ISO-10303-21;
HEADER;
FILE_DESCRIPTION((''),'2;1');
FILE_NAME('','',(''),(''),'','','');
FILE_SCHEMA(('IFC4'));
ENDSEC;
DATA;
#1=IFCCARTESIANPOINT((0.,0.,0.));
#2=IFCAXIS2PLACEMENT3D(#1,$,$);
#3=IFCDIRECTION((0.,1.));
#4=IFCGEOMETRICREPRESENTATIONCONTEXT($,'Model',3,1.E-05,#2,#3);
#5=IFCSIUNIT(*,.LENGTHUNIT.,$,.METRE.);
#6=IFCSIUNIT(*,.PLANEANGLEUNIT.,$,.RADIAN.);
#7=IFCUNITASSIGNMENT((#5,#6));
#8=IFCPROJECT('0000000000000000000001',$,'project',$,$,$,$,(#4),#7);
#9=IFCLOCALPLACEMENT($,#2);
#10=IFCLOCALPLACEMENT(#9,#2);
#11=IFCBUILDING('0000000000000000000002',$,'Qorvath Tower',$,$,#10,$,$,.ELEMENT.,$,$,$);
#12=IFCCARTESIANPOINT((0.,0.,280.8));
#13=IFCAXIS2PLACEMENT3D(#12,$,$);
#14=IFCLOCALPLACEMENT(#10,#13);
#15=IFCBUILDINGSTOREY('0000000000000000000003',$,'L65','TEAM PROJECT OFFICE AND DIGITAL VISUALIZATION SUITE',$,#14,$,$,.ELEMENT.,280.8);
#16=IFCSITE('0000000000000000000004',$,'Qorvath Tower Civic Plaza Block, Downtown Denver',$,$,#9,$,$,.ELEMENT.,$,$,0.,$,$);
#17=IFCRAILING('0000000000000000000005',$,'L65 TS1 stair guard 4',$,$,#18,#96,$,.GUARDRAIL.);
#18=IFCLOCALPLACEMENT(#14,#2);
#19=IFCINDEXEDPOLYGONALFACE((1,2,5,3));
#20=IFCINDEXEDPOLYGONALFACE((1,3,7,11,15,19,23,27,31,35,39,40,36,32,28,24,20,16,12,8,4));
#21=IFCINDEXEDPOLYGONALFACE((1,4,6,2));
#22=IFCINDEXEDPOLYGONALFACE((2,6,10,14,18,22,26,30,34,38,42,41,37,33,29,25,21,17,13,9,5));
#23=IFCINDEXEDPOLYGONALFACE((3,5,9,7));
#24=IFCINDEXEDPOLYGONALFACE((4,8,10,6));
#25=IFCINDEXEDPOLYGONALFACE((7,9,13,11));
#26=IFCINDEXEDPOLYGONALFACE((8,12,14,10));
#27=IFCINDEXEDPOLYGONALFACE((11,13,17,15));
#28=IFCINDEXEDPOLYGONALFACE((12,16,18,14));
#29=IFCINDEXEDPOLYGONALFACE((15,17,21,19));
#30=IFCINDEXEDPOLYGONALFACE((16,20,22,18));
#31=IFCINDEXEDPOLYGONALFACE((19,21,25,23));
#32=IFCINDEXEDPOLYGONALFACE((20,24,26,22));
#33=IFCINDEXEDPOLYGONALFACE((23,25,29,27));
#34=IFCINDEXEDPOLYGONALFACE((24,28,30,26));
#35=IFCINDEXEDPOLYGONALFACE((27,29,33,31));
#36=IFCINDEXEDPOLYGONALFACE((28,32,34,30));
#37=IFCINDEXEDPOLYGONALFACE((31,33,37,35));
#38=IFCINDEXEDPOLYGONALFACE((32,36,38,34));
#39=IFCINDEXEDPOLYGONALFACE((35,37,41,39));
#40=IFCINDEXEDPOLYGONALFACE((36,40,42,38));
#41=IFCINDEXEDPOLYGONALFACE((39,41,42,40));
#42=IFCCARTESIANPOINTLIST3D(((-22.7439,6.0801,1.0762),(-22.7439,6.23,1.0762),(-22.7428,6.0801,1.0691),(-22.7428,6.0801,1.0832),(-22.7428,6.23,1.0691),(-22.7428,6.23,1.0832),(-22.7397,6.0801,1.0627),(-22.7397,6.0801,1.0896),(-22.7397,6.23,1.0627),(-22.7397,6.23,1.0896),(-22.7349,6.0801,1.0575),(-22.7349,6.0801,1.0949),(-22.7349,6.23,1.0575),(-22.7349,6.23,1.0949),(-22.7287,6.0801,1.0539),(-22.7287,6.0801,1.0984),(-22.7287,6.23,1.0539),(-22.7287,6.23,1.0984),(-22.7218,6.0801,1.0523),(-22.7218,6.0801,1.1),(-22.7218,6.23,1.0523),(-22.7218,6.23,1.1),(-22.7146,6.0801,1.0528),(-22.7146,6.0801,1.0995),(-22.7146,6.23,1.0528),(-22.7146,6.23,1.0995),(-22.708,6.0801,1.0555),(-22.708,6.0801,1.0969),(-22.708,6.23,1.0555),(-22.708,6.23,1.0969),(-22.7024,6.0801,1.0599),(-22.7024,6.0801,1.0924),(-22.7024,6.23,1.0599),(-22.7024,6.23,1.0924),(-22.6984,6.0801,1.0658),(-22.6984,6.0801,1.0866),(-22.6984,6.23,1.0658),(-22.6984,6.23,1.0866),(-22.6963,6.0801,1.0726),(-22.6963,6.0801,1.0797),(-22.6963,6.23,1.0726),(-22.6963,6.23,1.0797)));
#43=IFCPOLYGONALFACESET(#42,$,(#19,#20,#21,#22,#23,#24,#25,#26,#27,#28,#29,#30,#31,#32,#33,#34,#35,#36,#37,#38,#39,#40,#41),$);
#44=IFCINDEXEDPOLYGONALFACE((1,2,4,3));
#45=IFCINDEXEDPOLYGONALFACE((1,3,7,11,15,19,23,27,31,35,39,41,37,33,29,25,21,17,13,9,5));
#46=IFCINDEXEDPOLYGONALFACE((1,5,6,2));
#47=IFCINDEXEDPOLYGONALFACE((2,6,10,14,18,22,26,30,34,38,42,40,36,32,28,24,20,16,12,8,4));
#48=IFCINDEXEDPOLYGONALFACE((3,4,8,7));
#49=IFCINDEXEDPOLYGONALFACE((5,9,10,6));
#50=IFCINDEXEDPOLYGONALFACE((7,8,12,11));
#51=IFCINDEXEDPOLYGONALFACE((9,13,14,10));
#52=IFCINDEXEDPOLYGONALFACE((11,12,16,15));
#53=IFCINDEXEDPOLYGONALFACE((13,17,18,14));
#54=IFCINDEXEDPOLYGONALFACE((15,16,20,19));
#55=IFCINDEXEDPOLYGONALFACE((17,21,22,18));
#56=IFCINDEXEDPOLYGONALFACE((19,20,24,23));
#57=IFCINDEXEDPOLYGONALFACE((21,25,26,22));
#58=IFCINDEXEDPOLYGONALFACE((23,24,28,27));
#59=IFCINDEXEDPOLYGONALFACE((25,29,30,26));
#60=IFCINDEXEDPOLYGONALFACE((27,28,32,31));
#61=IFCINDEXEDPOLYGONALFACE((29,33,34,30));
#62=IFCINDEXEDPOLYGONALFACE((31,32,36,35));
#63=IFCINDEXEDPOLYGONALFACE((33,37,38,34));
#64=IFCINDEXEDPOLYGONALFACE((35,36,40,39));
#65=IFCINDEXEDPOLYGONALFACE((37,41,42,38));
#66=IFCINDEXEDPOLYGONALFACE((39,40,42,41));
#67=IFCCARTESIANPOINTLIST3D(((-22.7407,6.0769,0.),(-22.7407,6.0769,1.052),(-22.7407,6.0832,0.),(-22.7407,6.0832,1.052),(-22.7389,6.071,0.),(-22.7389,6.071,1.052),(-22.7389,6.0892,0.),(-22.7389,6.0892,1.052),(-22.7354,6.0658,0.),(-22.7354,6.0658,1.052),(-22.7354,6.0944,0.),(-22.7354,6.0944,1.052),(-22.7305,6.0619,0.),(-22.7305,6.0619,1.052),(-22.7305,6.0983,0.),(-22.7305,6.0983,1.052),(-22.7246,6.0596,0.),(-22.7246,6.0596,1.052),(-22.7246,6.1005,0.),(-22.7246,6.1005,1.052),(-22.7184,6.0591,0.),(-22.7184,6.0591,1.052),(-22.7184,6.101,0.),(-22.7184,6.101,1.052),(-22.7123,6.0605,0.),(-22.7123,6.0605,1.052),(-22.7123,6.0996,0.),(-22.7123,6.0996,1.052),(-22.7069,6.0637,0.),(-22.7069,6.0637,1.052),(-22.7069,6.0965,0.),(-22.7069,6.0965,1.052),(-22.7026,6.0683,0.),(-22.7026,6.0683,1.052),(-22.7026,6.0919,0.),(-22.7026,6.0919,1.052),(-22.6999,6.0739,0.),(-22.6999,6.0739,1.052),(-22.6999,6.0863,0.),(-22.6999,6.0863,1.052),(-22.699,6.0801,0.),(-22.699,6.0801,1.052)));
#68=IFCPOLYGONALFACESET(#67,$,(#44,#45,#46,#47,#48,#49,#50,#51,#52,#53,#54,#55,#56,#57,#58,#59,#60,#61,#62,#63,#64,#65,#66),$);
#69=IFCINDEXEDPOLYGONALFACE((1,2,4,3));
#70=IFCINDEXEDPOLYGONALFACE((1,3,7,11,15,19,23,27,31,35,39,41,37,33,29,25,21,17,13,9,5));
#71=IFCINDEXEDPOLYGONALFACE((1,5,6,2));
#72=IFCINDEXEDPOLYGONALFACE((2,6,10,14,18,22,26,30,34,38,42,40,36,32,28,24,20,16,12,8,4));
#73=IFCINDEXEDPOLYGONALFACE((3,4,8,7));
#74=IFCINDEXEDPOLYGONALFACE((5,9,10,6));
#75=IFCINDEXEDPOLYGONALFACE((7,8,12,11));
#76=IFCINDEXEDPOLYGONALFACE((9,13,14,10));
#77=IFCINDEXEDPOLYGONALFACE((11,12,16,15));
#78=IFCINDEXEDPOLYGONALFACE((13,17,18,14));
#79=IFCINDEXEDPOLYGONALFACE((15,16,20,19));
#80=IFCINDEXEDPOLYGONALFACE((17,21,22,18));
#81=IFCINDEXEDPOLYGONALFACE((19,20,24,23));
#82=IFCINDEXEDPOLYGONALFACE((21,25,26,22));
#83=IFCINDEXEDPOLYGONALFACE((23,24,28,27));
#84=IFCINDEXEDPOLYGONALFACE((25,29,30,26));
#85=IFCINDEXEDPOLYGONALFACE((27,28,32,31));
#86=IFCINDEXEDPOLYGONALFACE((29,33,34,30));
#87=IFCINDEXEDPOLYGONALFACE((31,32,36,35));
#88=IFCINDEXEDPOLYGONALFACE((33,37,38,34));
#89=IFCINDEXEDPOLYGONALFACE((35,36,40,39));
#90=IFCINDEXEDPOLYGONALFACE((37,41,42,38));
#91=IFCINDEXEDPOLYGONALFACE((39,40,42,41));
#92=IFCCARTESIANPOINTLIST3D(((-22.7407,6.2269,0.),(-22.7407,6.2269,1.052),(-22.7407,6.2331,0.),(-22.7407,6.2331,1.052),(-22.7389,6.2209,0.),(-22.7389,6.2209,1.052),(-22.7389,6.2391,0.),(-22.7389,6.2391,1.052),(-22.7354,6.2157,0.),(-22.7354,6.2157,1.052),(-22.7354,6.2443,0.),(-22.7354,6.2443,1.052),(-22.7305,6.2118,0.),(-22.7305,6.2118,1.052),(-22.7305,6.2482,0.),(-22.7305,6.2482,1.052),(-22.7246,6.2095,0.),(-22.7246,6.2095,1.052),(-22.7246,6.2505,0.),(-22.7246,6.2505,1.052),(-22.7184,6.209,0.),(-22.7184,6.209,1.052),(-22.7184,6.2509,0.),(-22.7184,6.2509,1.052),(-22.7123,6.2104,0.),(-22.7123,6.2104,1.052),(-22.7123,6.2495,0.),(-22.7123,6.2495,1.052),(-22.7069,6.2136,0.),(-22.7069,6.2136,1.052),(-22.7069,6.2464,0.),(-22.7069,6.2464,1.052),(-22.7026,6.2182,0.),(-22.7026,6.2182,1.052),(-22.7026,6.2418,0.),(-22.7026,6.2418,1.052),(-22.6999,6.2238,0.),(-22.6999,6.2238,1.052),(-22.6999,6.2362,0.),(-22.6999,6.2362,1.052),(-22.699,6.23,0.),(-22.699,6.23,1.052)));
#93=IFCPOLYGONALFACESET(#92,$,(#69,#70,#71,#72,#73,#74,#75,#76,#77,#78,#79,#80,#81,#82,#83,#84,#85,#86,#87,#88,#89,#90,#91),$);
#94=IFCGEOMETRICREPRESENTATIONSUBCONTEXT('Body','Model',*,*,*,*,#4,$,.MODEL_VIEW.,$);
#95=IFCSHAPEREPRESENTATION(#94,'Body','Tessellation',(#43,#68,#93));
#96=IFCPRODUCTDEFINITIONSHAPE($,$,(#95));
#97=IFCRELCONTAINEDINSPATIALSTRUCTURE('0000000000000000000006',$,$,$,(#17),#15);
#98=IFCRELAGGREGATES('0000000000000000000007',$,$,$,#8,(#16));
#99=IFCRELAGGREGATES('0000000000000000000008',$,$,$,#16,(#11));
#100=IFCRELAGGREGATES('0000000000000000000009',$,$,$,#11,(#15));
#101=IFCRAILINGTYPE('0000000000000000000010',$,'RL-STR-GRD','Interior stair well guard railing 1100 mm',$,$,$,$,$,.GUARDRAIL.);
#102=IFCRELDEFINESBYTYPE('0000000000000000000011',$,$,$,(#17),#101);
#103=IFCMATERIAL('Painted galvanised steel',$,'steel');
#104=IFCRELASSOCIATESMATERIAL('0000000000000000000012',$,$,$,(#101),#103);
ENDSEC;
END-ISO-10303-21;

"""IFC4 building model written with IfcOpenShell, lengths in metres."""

from ifc_helpers import new_model, si_unit, direction, frame, origin, origin_2d, place, context, subcontext, project, spatial, circle, extrude, material, type_object, element, save


model = new_model("IFC4")

# Units and contexts
model_context = context("Model", 3, precision=1e-05, world=origin(), true_north=direction((0.0, 1.0)))
body_context = subcontext(model_context, "Body", "Model", "MODEL_VIEW")
ifc_project = project(units=[si_unit("LENGTHUNIT", "METRE"), si_unit("PLANEANGLEUNIT", "RADIAN")], contexts=[model_context])

# Site, building, storey
site_placement = place(None, origin())
site = spatial("IfcSite", under=ifc_project, at=site_placement, Name="Qorvath Tower Civic Plaza Block, Downtown Denver", CompositionType="ELEMENT", RefElevation=0.0)
building_placement = place(site_placement, origin())
building = spatial("IfcBuilding", under=site, at=building_placement, Name="Qorvath Tower", CompositionType="ELEMENT")
storey_placement = place(building_placement, frame((0.0, 0.0, 280.8)))
storey = spatial("IfcBuildingStorey", under=building, at=storey_placement, Name="L65", Description="TEAM PROJECT OFFICE AND DIGITAL VISUALIZATION SUITE", CompositionType="ELEMENT", Elevation=280.8)

# Railing
ifc_material_1 = material(Name="Painted galvanised steel", Category="steel")
railing_type_1 = type_object("IfcRailingType", Name="RL-STR-GRD", Description="Interior stair well guard railing 1100 mm", PredefinedType="GUARDRAIL", material=ifc_material_1)
railing_1_placement = place(storey_placement, frame((-22.72, 6.0801, 0.0)))
element("IfcRailing", 1, at=railing_1_placement, inside=storey, type_object=railing_type_1, Name="L65 TS1 stair guard 4", PredefinedType="GUARDRAIL", context=body_context, shape_type="SweptSolid", body=[
    extrude(circle(Radius=0.0239, at=origin_2d()), frame((0.0, 0.0, 1.0762), z_axis=(0.0, 1.0, 0.0), x_axis=(-1.0, 0.0, 0.0)), (0.0, 0.0, 1.0), 0.1499),
    extrude(circle(Radius=0.021, at=origin_2d()), origin(), (0.0, 0.0, 1.0), 1.052),
    extrude(circle(Radius=0.021, at=origin_2d()), frame((0.0, 0.1499, 0.0)), (0.0, 0.0, 1.0), 1.052),
])

save(model, "model.ifc")
